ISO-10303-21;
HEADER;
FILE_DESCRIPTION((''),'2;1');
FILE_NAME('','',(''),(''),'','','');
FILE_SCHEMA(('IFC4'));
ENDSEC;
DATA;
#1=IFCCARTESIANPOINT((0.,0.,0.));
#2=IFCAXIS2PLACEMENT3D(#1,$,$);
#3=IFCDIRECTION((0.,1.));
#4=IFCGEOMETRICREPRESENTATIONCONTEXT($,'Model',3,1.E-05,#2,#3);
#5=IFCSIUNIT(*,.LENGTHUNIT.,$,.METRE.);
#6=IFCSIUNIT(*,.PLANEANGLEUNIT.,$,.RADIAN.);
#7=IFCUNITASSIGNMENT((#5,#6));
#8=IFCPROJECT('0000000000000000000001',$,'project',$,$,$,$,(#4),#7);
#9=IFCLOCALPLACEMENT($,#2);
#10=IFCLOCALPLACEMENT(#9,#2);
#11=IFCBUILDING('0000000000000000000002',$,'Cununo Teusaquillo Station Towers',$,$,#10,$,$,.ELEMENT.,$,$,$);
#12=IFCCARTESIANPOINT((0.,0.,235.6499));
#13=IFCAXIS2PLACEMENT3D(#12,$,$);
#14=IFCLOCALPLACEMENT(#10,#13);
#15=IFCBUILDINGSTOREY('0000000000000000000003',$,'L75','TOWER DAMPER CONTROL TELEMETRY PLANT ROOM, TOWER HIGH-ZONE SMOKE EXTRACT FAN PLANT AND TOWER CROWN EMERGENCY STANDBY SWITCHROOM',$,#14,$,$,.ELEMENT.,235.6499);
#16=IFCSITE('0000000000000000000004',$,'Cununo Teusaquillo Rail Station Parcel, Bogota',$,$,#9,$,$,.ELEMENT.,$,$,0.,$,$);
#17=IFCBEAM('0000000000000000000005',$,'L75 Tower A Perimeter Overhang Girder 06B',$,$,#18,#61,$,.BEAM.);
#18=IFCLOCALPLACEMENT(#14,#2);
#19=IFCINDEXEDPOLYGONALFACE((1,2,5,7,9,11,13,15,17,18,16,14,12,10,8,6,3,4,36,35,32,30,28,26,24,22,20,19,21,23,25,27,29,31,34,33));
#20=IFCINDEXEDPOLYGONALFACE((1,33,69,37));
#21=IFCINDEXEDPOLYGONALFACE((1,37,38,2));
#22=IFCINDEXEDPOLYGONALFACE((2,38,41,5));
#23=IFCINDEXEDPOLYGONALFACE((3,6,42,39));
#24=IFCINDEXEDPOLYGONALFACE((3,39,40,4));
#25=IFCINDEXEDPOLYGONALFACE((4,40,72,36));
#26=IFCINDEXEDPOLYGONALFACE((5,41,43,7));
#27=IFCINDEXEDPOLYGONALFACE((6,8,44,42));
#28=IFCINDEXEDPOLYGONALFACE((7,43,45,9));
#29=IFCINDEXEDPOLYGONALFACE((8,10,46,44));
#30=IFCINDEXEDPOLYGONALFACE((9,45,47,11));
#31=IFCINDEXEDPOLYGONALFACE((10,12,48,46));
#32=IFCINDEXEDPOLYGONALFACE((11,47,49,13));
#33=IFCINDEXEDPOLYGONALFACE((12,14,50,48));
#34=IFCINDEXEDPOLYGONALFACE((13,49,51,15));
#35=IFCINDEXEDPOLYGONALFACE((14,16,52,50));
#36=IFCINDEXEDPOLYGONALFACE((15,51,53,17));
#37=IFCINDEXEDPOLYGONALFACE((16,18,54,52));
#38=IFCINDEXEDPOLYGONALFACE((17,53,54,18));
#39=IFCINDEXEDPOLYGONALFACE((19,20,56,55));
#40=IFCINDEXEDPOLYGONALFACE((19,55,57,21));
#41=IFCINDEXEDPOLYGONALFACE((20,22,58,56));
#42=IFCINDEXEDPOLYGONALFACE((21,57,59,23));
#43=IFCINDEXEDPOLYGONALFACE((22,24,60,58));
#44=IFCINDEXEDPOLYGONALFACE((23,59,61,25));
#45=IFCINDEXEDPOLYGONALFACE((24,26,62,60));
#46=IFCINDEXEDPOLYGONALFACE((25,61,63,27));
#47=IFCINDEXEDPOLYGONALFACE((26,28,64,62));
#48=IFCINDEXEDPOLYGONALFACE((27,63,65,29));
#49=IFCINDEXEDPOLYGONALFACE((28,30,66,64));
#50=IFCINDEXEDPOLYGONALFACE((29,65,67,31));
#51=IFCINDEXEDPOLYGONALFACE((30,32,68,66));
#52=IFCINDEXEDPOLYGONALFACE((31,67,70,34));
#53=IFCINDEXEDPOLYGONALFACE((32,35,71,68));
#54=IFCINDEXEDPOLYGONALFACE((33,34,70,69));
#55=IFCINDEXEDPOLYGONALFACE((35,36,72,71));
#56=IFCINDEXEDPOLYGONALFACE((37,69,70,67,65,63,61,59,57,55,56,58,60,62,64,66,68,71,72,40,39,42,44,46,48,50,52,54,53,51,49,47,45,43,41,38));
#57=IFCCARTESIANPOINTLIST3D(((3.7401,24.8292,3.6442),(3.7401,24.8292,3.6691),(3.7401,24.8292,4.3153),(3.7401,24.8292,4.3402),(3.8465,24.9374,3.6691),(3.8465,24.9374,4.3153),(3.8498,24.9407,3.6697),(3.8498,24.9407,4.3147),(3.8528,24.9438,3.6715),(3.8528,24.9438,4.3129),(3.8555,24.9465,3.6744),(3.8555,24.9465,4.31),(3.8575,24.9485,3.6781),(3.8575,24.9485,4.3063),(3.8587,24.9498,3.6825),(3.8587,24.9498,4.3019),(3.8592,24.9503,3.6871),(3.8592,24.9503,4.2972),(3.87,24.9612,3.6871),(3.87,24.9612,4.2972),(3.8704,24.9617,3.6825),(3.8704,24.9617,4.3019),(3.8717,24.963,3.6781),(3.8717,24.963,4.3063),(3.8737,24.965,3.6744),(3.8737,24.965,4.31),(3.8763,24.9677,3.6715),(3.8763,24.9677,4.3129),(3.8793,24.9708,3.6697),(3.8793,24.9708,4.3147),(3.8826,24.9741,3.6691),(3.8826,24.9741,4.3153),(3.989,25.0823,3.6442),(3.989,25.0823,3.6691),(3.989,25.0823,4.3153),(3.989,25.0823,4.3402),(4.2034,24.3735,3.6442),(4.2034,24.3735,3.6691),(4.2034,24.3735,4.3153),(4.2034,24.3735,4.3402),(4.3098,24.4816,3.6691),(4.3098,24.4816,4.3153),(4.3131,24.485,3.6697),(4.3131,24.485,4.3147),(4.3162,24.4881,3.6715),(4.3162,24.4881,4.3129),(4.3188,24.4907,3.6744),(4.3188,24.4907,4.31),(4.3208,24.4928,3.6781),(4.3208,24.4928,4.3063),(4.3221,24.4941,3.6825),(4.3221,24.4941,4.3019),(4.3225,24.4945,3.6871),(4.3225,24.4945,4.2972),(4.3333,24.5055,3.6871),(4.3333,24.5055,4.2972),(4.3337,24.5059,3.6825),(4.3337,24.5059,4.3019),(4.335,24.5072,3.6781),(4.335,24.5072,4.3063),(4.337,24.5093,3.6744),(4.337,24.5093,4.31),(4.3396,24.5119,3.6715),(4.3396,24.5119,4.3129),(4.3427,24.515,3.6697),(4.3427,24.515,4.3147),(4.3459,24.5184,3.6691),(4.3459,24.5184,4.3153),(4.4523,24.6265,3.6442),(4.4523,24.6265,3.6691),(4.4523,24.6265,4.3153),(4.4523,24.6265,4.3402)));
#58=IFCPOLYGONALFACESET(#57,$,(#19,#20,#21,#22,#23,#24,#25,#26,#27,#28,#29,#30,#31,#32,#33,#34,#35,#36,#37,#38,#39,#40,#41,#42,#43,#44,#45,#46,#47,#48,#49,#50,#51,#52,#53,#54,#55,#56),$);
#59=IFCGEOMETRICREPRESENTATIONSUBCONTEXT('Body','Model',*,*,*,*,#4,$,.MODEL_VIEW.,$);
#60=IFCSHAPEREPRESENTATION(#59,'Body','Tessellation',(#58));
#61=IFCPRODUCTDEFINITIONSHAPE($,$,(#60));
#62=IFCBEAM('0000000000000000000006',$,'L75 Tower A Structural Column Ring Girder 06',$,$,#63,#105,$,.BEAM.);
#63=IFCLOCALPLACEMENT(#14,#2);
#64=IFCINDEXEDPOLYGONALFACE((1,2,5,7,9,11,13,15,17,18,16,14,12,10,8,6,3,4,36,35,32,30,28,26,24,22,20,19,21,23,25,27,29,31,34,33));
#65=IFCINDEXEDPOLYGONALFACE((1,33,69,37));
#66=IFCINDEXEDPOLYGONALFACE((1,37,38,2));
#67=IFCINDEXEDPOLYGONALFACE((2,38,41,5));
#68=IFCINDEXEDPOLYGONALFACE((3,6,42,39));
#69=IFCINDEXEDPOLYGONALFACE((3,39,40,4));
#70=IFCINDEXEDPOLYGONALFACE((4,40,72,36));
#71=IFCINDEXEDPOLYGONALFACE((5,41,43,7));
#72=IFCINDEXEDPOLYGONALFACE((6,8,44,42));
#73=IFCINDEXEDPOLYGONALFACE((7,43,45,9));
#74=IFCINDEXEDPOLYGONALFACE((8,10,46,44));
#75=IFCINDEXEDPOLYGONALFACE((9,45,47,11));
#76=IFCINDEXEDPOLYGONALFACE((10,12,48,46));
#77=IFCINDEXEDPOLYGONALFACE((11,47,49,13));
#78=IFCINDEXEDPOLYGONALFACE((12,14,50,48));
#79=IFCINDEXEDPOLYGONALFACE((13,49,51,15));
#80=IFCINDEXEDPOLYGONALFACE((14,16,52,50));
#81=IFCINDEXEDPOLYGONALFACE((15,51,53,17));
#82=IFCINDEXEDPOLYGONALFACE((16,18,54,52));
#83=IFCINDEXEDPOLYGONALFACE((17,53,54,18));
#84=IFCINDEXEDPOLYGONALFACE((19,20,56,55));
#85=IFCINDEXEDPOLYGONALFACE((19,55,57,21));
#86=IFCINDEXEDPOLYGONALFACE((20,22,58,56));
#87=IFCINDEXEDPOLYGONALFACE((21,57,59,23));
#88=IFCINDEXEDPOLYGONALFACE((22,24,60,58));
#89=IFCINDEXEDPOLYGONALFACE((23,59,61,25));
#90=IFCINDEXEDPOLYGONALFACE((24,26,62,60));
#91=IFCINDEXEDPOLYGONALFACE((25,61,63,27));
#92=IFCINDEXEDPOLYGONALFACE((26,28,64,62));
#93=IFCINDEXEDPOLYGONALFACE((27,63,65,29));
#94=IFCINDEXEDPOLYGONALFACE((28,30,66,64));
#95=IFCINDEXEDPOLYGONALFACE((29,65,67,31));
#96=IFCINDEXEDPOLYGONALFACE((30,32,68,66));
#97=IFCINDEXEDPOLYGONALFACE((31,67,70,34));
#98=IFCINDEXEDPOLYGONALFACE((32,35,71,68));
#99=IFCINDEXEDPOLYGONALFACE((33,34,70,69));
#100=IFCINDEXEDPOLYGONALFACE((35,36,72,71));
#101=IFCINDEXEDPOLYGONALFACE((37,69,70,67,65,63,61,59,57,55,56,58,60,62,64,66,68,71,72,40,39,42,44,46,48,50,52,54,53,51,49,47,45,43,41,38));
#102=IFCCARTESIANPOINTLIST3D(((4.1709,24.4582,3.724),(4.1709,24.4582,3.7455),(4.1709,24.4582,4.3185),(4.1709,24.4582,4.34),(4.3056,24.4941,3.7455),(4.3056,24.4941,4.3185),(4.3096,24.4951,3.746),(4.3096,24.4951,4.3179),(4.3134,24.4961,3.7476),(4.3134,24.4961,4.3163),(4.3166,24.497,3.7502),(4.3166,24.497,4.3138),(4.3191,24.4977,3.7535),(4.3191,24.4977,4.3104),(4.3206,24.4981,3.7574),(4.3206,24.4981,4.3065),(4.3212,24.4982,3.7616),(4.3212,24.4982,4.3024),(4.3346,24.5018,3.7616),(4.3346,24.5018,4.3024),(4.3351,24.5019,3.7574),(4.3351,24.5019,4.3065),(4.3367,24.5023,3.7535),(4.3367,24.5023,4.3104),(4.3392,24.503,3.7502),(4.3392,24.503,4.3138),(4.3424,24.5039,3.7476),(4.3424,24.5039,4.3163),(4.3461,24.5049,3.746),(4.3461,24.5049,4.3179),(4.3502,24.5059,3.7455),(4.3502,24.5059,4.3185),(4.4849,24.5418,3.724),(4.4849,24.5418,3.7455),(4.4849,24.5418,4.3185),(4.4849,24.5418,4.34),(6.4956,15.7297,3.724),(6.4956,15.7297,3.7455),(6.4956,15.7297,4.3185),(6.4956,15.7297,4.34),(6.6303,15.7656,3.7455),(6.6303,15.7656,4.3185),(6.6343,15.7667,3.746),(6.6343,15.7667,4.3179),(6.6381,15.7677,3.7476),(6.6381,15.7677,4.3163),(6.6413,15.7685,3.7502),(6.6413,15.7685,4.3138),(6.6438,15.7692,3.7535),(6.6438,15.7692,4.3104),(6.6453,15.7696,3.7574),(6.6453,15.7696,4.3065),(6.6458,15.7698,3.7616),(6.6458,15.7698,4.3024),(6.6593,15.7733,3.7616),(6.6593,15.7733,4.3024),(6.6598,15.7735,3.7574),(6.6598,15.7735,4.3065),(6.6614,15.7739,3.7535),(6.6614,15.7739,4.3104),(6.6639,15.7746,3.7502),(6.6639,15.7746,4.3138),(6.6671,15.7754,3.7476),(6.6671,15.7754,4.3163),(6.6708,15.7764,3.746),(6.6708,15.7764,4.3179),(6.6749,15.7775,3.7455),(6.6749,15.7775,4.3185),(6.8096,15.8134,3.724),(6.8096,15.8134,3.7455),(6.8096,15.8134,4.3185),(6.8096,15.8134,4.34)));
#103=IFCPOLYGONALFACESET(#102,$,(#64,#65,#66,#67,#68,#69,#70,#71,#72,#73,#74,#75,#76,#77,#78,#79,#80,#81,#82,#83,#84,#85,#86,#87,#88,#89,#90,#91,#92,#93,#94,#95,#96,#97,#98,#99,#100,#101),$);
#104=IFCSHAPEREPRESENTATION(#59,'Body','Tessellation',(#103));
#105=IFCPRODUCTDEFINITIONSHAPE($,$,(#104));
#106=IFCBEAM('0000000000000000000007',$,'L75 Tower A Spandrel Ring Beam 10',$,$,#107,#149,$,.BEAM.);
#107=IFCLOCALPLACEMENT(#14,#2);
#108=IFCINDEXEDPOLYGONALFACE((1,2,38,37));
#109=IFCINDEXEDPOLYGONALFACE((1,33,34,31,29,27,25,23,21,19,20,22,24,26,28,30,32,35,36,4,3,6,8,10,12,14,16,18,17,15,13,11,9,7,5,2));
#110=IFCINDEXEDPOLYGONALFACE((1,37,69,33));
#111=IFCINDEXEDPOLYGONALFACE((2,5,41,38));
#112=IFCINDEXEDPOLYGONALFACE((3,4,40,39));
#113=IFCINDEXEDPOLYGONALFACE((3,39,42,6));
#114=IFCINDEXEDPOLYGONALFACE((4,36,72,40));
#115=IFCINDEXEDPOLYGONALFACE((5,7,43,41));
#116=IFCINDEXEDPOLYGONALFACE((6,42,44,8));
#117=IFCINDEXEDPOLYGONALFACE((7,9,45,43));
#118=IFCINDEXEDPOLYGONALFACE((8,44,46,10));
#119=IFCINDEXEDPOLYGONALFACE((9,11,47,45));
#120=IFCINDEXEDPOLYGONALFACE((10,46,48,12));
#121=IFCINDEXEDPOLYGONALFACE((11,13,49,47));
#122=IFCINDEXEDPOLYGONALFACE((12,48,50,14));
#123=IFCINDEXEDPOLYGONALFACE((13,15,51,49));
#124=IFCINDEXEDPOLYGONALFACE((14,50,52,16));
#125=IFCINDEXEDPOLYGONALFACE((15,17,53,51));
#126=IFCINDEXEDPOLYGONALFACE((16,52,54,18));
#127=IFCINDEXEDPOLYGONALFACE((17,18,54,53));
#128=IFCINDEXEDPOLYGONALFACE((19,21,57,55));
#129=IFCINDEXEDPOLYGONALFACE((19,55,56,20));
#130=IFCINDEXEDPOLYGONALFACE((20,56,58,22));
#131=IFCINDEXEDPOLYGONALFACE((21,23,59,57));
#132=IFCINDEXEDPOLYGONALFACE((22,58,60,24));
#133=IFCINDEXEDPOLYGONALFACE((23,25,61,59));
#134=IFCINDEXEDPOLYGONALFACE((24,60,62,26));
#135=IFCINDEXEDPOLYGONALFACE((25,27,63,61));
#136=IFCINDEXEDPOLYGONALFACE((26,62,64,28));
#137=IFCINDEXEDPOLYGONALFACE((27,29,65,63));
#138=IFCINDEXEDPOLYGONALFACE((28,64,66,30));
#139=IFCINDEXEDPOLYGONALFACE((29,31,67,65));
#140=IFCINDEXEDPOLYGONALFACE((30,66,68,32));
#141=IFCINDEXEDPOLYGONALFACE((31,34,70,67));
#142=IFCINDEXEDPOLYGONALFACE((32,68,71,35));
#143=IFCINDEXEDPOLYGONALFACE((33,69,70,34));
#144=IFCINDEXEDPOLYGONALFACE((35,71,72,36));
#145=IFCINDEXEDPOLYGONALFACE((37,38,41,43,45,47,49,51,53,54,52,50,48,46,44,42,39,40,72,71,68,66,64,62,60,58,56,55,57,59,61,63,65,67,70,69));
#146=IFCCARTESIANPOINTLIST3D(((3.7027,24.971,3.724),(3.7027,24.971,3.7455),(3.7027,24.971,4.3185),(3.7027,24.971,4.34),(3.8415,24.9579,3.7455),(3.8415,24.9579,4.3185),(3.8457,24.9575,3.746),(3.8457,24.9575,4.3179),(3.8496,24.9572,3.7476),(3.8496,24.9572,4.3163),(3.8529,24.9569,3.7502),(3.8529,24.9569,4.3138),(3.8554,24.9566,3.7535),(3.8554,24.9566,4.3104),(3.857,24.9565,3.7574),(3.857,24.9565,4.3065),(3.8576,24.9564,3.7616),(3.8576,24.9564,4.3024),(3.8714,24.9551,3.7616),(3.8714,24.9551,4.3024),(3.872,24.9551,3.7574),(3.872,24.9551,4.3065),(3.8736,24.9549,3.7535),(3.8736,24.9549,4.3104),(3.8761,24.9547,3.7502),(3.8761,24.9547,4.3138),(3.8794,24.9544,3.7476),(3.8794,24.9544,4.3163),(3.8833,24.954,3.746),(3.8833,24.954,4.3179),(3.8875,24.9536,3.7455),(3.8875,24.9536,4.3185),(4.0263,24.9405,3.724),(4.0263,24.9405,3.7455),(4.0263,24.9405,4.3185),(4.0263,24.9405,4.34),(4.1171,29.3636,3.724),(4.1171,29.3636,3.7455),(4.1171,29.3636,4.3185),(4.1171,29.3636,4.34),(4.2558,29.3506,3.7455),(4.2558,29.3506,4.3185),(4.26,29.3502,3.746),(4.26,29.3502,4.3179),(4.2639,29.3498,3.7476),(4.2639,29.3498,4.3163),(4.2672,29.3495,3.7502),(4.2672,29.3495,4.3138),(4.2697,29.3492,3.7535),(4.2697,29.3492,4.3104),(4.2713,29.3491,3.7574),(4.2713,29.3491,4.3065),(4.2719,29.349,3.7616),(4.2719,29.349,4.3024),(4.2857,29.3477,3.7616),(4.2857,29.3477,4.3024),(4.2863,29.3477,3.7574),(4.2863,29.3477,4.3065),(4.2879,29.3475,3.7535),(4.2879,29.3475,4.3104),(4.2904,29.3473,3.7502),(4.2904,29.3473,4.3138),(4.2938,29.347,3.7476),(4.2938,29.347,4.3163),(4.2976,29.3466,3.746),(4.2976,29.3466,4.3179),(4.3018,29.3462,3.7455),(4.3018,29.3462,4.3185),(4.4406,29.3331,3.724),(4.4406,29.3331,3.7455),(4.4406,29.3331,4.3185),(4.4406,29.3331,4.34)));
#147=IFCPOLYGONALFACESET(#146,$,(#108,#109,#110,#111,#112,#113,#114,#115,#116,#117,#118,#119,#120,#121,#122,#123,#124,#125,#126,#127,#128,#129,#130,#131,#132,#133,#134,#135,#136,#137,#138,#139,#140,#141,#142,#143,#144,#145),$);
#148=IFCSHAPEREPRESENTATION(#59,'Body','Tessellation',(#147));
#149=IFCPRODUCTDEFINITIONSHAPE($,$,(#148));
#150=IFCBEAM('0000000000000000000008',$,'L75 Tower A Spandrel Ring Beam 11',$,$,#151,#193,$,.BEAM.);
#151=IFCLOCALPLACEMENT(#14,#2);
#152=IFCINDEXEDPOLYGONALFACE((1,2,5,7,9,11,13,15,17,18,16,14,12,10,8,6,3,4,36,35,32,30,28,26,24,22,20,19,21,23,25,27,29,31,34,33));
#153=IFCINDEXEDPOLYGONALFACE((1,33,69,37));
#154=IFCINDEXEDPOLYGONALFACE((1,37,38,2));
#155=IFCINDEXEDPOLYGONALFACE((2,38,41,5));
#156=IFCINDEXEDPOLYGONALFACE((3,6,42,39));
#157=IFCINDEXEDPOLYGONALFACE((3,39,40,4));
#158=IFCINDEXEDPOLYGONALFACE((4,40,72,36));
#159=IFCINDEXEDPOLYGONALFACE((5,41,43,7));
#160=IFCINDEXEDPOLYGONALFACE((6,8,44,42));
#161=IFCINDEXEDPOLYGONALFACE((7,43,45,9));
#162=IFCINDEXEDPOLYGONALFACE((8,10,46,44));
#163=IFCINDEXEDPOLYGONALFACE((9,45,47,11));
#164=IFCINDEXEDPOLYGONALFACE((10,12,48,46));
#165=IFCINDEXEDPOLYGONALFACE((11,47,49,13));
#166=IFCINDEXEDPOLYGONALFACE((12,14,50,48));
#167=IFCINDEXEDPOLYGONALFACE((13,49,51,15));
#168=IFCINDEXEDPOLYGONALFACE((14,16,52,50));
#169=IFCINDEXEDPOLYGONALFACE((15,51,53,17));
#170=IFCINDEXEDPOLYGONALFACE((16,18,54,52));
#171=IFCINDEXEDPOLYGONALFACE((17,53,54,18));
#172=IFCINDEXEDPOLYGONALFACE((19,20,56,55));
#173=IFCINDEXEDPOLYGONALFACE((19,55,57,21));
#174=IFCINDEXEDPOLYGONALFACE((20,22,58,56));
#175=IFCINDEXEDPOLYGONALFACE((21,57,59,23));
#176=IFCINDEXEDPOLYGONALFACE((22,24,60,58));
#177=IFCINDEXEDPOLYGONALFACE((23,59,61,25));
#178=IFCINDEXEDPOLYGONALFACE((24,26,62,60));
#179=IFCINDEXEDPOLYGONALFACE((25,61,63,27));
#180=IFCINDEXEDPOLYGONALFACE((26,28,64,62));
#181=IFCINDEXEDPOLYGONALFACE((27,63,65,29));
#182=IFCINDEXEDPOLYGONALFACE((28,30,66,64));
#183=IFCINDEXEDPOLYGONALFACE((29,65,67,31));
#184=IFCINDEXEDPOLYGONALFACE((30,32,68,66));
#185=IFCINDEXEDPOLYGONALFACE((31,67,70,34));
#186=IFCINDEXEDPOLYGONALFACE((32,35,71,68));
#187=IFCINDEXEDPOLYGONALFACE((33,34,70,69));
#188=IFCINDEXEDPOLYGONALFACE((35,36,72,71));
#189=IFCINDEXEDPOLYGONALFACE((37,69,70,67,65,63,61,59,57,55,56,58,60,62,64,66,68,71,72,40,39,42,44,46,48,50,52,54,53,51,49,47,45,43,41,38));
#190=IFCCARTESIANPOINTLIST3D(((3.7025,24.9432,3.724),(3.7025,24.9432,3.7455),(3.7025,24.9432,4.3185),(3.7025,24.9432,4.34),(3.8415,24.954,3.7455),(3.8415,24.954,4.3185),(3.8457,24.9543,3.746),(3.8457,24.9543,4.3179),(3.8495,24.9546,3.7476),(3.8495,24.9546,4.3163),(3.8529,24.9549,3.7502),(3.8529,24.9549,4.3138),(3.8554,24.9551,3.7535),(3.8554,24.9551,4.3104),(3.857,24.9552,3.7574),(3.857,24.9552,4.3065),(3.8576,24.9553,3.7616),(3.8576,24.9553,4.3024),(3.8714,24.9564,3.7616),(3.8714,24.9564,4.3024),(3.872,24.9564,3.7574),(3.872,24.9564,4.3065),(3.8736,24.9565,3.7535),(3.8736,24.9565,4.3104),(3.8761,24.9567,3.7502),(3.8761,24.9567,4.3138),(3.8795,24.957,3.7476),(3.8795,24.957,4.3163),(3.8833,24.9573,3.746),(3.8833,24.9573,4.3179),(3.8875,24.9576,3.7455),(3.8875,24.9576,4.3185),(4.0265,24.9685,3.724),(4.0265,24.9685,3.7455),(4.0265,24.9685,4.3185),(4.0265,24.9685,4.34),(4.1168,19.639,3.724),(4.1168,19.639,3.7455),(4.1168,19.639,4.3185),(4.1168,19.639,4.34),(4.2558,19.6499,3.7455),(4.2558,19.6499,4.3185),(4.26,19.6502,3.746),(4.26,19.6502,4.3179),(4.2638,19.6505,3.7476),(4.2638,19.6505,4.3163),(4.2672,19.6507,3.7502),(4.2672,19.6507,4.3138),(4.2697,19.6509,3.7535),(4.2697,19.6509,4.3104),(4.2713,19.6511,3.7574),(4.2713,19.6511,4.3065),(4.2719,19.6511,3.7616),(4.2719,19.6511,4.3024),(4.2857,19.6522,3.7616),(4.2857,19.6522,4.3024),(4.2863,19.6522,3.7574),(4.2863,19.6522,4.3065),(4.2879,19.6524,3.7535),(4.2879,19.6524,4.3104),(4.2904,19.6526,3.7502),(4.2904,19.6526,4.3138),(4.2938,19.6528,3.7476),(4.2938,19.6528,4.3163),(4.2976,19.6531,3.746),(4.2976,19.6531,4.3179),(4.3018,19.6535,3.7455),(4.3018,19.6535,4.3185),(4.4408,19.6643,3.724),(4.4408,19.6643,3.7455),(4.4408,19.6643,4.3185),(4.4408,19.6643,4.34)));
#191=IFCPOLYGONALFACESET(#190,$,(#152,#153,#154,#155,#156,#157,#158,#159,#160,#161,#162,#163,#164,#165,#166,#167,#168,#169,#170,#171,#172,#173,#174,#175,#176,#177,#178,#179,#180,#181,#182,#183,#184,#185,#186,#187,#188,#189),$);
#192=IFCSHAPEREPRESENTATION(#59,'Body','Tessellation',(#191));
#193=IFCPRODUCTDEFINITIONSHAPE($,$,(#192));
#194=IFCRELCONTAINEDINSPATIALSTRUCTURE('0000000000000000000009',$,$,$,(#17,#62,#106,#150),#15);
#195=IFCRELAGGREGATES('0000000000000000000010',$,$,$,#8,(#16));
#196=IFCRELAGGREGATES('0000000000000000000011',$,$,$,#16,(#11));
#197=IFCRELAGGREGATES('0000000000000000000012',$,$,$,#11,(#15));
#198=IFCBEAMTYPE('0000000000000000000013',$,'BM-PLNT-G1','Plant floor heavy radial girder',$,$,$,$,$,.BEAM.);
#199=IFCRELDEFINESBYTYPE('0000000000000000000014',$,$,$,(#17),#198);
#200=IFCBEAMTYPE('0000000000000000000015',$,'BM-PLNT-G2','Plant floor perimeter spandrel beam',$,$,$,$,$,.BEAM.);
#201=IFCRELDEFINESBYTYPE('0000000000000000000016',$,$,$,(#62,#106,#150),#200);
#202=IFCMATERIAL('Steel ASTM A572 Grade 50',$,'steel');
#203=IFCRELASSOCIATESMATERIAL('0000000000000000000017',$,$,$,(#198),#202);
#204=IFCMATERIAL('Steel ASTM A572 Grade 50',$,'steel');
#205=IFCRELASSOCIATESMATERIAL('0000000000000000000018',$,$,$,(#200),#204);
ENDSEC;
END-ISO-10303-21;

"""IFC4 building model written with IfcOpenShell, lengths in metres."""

from ifc_helpers import new_model, si_unit, direction, frame, origin, origin_2d, place, context, subcontext, project, spatial, i_section, extrude, material, material_profile, profile_set, type_object, element, save


model = new_model("IFC4")

# Units and contexts
model_context = context("Model", 3, precision=1e-05, world=origin(), true_north=direction((0.0, 1.0)))
body_context = subcontext(model_context, "Body", "Model", "MODEL_VIEW")
ifc_project = project(units=[si_unit("LENGTHUNIT", "METRE"), si_unit("PLANEANGLEUNIT", "RADIAN")], contexts=[model_context])

# Site, building, storey
site_placement = place(None, origin())
site = spatial("IfcSite", under=ifc_project, at=site_placement, Name="Cununo Teusaquillo Rail Station Parcel, Bogota", CompositionType="ELEMENT", RefElevation=0.0)
building_placement = place(site_placement, origin())
building = spatial("IfcBuilding", under=site, at=building_placement, Name="Cununo Teusaquillo Station Towers", CompositionType="ELEMENT")
storey_placement = place(building_placement, frame((0.0, 0.0, 235.6499)))
storey = spatial("IfcBuildingStorey", under=building, at=storey_placement, Name="L75", Description="TOWER DAMPER CONTROL TELEMETRY PLANT ROOM, TOWER HIGH-ZONE SMOKE EXTRACT FAN PLANT AND TOWER CROWN EMERGENCY STANDBY SWITCHROOM", CompositionType="ELEMENT", Elevation=235.6499)

# Beams
ifc_material_1 = material(Name="Steel ASTM A572 Grade 50", Category="steel")
ifc_material_profile_1 = material_profile(ifc_material_1, i_section(OverallWidth=0.355, OverallDepth=0.696, WebThickness=0.0154, FlangeThickness=0.0249, FilletRadius=0.0181, at=origin_2d()), Name="W27X146")
ifc_profile_set_1 = profile_set([ifc_material_profile_1], Name="Steel ASTM A572 Grade 50")
beam_type_1 = type_object("IfcBeamType", Name="BM-PLNT-G1", Description="Plant floor heavy radial girder", PredefinedType="BEAM", material=ifc_profile_set_1)
beam_1_placement = place(storey_placement, frame((4.3279, 24.5, 3.9922), z_axis=(-0.712905, 0.701261, 0.0), x_axis=(-0.701261, -0.712905, 0.0)))
element("IfcBeam", 1, at=beam_1_placement, inside=storey, type_object=beam_type_1, Name="L75 Tower A Perimeter Overhang Girder 06B", PredefinedType="BEAM", context=body_context, shape_type="SweptSolid", body=[
    extrude(i_section(OverallWidth=0.355, OverallDepth=0.696, WebThickness=0.0154, FlangeThickness=0.0249, FilletRadius=0.0181, at=origin_2d()), origin(), (0.0, 0.0, 1.0), 0.6499),
])
ifc_material_2 = material(Name="Steel ASTM A572 Grade 50", Category="steel")
ifc_material_profile_2 = material_profile(ifc_material_2, i_section(OverallWidth=0.325, OverallDepth=0.616, WebThickness=0.0139, FlangeThickness=0.0215, FilletRadius=0.0161, at=origin_2d()), Name="W24X117")
ifc_profile_set_2 = profile_set([ifc_material_profile_2], Name="Steel ASTM A572 Grade 50")
beam_type_2 = type_object("IfcBeamType", Name="BM-PLNT-G2", Description="Plant floor perimeter spandrel beam", PredefinedType="BEAM", material=ifc_profile_set_2)
beam_2_placement = place(storey_placement, frame((4.3279, 24.5, 4.032), z_axis=(0.257363, -0.966315, 0.0), x_axis=(0.966315, 0.257363, 0.0)))
element("IfcBeam", 2, at=beam_2_placement, inside=storey, type_object=beam_type_2, Name="L75 Tower A Structural Column Ring Girder 06", PredefinedType="BEAM", context=body_context, shape_type="SweptSolid", body=[
    extrude(i_section(OverallWidth=0.325, OverallDepth=0.616, WebThickness=0.0139, FlangeThickness=0.0215, FilletRadius=0.0161, at=origin_2d()), origin(), (0.0, 0.0, 1.0), 9.0327),
])
beam_3_placement = place(storey_placement, frame((4.2788, 29.3484, 4.032), z_axis=(-0.093903, -0.995581, 0.0), x_axis=(0.995581, -0.093903, 0.0)))
element("IfcBeam", 3, at=beam_3_placement, inside=storey, type_object=beam_type_2, Name="L75 Tower A Spandrel Ring Beam 10", PredefinedType="BEAM", context=body_context, shape_type="SweptSolid", body=[
    extrude(i_section(OverallWidth=0.325, OverallDepth=0.616, WebThickness=0.0139, FlangeThickness=0.0215, FilletRadius=0.0161, at=origin_2d()), origin(), (0.0, 0.0, 1.0), 4.4121),
])
beam_4_placement = place(storey_placement, frame((3.8645, 24.9558, 4.032), z_axis=(0.077872, -0.996963, 0.0), x_axis=(0.996963, 0.077872, 0.0)))
element("IfcBeam", 4, at=beam_4_placement, inside=storey, type_object=beam_type_2, Name="L75 Tower A Spandrel Ring Beam 11", PredefinedType="BEAM", context=body_context, shape_type="SweptSolid", body=[
    extrude(i_section(OverallWidth=0.325, OverallDepth=0.616, WebThickness=0.0139, FlangeThickness=0.0215, FilletRadius=0.0161, at=origin_2d()), origin(), (0.0, 0.0, 1.0), 5.3203),
])

save(model, "model.ifc")
